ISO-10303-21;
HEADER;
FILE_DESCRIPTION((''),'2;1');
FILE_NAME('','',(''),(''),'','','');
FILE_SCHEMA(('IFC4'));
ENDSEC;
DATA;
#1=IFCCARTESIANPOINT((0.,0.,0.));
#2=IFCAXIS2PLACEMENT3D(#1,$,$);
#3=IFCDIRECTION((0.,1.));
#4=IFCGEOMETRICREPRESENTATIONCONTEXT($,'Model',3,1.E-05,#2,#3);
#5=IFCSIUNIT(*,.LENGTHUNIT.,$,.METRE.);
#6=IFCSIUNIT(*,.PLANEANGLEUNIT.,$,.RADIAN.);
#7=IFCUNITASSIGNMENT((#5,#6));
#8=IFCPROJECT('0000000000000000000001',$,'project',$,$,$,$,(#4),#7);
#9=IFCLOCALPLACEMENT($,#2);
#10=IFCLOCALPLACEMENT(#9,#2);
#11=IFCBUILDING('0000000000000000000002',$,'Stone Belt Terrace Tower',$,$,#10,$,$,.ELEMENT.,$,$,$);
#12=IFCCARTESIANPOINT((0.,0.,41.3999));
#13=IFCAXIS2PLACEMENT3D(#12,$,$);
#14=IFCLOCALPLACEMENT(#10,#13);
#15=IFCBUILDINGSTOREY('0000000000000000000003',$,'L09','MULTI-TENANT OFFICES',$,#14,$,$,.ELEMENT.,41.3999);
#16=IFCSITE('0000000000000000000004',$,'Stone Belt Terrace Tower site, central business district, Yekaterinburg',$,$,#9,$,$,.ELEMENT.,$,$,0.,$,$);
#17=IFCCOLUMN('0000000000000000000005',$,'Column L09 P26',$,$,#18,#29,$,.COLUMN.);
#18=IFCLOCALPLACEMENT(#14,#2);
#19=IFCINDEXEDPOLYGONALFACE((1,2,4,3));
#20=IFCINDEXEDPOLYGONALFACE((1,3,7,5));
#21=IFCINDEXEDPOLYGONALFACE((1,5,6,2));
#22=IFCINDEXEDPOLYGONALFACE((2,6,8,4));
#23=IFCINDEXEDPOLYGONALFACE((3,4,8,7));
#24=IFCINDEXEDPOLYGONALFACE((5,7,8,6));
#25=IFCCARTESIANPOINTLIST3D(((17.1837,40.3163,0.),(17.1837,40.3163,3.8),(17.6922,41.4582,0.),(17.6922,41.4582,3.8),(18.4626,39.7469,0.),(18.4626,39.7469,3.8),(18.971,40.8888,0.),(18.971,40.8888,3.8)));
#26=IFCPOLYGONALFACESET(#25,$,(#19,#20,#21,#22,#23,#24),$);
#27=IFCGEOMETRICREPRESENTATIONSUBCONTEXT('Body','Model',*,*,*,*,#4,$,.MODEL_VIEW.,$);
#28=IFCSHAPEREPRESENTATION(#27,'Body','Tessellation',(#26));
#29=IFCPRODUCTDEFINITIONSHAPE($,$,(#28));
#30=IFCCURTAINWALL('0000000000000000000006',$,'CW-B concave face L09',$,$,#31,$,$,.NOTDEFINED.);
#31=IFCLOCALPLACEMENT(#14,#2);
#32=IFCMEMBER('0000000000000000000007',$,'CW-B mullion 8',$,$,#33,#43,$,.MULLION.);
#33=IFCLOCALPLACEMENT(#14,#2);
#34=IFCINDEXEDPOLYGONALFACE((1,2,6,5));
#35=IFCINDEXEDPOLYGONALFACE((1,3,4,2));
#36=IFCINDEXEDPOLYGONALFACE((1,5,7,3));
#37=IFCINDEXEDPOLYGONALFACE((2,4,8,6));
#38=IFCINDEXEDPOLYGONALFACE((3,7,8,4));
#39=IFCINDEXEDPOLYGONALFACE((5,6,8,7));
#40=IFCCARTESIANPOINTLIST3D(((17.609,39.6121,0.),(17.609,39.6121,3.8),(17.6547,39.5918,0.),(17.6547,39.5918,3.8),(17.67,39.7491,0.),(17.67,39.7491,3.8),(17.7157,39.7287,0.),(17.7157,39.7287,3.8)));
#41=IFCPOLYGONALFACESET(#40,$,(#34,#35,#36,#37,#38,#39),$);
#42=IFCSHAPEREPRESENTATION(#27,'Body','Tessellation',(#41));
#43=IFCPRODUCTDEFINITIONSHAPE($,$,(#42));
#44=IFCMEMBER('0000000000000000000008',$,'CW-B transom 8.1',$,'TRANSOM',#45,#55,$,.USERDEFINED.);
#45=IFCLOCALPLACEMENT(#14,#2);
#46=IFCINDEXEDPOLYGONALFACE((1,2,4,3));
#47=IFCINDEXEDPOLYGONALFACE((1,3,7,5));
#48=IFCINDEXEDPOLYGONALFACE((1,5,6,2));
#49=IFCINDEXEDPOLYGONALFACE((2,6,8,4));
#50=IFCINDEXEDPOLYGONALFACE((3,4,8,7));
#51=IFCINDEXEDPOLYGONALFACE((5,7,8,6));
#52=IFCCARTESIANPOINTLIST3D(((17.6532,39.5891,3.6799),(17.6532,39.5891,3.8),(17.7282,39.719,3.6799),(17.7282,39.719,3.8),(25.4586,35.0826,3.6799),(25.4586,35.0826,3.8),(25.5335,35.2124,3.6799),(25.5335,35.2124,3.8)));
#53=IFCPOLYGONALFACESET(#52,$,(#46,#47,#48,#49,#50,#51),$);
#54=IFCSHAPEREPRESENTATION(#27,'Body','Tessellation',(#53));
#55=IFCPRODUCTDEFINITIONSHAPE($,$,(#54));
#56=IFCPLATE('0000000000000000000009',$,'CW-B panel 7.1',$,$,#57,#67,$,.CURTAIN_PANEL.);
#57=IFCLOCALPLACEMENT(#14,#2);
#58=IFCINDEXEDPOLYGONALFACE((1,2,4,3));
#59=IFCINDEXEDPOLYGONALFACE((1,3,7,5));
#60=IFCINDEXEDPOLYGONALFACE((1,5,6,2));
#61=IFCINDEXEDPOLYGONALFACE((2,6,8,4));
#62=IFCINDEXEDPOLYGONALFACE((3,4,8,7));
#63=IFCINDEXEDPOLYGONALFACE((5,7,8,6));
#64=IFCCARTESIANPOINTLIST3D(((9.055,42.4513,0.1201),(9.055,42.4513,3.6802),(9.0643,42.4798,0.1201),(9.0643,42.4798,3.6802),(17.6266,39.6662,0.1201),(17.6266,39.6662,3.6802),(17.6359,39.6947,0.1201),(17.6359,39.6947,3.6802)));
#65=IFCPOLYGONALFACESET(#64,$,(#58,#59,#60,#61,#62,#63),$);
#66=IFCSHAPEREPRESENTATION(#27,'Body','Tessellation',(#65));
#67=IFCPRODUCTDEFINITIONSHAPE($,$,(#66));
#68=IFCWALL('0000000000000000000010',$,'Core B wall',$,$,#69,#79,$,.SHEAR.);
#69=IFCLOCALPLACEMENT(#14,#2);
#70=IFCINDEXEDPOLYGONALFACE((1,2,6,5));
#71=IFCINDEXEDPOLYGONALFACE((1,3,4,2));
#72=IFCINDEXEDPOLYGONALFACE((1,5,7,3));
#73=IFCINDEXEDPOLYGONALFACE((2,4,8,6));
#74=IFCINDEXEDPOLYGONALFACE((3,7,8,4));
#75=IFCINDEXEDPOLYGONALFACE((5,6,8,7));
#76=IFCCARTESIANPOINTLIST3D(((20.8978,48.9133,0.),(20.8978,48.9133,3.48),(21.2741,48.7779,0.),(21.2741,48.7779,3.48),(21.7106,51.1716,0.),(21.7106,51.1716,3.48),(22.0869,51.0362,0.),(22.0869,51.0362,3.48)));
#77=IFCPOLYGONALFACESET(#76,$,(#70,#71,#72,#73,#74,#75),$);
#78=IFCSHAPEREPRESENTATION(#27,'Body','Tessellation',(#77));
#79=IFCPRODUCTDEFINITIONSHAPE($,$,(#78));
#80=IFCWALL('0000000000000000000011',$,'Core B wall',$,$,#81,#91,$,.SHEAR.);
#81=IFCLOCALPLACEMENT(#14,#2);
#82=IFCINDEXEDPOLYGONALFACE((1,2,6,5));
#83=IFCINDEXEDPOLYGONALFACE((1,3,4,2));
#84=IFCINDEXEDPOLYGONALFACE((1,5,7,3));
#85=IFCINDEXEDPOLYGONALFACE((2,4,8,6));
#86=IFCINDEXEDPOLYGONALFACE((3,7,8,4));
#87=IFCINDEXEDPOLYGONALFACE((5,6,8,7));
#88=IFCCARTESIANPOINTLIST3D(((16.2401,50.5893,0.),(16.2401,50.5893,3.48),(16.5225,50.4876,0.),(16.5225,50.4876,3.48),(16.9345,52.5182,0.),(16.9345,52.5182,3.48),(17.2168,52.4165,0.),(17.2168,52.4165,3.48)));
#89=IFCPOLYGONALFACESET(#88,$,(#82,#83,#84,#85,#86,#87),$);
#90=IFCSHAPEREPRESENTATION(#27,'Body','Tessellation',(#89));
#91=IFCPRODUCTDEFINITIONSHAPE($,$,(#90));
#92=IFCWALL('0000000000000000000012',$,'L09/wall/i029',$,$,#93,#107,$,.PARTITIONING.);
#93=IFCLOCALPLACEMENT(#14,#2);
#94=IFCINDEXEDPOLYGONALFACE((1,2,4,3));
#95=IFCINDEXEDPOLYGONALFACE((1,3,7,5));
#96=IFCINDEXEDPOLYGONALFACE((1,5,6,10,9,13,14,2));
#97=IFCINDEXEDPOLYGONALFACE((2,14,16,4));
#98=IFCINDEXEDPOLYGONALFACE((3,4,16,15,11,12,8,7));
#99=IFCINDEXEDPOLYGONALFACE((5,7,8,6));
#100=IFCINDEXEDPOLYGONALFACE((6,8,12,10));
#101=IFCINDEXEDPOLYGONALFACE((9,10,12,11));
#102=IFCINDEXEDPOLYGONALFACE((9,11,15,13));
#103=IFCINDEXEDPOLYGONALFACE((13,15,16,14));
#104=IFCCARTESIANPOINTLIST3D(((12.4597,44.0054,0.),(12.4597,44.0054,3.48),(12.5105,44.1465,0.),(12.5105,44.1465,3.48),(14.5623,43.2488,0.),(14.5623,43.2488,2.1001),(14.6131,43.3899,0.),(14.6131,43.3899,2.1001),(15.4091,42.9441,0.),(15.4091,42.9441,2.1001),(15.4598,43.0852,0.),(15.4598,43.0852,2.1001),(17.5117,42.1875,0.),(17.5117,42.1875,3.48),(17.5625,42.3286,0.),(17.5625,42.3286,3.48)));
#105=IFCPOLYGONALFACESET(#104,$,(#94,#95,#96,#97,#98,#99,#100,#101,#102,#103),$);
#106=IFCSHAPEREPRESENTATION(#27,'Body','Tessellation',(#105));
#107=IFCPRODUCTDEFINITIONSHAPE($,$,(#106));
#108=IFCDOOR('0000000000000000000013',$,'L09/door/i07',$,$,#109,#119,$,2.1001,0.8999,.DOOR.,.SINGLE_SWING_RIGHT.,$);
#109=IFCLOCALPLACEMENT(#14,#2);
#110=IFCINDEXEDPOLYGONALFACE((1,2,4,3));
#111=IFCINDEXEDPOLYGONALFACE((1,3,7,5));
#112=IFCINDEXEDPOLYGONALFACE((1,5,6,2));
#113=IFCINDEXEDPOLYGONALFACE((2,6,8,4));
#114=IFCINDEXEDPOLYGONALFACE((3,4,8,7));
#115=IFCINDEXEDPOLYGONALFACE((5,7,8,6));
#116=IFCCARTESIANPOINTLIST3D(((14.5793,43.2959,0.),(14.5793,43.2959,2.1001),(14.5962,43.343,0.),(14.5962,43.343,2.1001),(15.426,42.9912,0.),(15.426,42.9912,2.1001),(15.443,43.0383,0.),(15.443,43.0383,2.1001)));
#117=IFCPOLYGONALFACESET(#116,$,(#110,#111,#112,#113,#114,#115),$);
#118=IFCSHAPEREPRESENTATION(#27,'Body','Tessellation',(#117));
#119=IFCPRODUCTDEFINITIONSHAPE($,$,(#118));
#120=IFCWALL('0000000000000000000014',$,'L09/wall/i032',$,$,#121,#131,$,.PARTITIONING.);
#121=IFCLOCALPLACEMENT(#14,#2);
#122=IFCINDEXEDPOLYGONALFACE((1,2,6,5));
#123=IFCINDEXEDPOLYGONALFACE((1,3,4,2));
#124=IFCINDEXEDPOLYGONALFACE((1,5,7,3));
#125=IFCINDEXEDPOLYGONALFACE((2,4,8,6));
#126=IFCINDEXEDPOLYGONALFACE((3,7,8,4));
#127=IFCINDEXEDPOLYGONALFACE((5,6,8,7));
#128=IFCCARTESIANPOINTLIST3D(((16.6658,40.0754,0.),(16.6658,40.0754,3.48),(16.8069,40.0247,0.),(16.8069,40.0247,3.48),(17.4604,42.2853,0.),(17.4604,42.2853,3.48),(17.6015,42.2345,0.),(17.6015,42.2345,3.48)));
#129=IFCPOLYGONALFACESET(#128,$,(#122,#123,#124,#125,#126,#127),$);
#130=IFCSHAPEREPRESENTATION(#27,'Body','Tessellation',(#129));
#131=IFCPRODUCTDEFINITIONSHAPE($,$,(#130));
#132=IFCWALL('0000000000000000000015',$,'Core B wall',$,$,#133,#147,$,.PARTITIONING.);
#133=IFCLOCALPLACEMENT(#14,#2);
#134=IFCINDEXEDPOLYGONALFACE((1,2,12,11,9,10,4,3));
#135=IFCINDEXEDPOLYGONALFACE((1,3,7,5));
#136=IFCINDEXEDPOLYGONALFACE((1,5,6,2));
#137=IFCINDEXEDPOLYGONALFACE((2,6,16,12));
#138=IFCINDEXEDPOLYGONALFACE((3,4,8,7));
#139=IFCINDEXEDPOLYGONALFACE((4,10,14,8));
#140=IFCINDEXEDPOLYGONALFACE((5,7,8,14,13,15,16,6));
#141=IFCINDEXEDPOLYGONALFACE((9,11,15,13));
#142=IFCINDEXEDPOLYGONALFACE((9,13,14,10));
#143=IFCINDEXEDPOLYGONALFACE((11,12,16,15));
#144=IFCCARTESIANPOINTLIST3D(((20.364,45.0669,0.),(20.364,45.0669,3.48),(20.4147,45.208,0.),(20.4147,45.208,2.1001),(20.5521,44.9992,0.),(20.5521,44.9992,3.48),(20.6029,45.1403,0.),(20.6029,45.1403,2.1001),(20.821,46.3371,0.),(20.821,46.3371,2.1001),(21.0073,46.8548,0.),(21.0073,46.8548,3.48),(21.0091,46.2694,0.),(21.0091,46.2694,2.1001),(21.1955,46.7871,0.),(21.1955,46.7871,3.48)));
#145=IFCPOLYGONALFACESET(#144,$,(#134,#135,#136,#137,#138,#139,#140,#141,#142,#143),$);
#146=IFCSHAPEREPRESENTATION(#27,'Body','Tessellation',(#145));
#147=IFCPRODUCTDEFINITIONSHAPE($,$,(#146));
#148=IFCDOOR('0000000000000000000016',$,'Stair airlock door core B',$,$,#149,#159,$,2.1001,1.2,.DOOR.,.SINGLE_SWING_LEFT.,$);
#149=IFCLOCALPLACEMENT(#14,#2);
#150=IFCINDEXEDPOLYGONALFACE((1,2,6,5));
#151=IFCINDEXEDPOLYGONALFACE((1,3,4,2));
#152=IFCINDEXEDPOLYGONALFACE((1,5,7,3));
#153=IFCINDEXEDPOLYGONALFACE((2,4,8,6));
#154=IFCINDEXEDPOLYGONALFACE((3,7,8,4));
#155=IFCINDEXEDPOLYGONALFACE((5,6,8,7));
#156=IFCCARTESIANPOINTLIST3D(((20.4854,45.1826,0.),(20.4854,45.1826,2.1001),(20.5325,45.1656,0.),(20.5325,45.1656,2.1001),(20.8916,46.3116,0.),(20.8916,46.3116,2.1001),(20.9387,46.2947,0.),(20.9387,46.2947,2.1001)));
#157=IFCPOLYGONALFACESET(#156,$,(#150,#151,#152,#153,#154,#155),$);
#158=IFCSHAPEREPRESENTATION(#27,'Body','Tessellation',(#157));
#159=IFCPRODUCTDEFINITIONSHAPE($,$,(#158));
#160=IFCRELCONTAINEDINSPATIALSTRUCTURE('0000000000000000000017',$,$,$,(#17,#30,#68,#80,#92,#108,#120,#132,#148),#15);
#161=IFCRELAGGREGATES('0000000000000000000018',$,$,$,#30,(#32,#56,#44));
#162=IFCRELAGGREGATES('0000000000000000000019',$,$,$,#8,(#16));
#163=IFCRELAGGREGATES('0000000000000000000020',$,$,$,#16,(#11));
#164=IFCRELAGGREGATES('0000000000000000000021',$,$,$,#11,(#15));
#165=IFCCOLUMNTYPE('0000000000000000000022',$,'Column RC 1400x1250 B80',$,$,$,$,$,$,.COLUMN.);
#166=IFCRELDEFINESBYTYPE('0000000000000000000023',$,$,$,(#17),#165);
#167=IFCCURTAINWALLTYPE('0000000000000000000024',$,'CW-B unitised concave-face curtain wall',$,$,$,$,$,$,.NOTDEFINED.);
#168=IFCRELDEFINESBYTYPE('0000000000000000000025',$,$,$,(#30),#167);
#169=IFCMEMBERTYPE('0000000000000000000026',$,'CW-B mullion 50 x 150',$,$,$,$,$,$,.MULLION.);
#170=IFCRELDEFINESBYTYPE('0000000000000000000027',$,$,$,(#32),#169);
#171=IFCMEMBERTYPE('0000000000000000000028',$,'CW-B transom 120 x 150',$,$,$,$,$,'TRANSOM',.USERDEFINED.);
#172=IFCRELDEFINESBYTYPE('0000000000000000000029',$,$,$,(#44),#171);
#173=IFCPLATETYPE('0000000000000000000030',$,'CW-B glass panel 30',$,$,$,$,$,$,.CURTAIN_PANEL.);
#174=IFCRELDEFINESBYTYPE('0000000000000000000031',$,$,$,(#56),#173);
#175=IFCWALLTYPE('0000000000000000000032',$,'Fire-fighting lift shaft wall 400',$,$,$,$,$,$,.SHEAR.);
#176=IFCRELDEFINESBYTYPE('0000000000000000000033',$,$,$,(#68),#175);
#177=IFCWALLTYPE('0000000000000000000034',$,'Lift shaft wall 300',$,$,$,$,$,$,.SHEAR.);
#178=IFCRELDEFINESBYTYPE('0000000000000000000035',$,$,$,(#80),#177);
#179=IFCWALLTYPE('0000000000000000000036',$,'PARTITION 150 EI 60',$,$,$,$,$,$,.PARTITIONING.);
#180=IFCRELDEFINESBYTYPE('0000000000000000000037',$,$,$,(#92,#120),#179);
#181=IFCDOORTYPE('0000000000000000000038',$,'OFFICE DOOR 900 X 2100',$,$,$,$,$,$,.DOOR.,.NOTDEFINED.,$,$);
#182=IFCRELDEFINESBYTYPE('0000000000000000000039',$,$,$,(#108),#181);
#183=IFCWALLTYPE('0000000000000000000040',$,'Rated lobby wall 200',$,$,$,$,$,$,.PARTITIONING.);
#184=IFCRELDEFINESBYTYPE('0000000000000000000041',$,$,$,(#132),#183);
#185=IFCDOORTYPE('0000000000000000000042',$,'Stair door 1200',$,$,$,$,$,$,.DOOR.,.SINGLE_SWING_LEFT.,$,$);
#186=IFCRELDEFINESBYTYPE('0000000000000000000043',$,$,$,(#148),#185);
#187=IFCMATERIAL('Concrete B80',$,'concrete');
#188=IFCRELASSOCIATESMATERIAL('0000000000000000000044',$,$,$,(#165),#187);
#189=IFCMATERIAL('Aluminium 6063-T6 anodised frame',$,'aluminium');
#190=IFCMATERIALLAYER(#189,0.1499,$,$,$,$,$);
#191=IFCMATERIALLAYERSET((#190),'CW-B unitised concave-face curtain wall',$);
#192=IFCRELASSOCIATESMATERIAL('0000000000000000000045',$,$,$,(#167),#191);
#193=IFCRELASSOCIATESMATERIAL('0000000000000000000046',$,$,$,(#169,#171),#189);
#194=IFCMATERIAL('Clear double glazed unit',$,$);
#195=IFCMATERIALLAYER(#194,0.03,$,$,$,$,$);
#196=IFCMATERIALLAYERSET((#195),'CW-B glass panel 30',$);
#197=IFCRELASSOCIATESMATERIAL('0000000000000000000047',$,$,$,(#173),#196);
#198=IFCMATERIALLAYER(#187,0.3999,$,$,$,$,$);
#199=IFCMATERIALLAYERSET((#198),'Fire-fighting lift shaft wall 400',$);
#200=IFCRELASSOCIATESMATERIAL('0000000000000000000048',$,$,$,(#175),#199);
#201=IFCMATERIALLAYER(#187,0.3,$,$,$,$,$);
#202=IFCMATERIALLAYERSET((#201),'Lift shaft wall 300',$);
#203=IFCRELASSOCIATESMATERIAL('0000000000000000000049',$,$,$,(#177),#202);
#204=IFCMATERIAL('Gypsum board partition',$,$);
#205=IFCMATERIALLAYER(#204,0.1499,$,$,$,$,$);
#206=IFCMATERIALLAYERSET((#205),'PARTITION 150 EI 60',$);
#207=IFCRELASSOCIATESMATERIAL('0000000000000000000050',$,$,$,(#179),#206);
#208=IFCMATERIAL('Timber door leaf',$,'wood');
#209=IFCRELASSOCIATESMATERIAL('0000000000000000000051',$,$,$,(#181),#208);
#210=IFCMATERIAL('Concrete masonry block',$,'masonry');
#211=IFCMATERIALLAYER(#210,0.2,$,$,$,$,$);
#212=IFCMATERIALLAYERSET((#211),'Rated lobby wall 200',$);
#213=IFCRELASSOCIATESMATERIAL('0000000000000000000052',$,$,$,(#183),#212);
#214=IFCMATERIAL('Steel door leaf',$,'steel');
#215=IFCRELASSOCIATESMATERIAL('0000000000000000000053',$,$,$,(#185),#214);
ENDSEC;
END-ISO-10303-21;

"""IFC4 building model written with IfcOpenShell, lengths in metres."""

from ifc_helpers import new_model, si_unit, direction, frame, frame_2d, origin, origin_2d, place, context, subcontext, project, spatial, rectangle, extrude, material, layer, layer_set, material_profile, profile_set, type_object, element, fill, aggregate, save


model = new_model("IFC4")

# Units and contexts
model_context = context("Model", 3, precision=1e-05, world=origin(), true_north=direction((0.0, 1.0)))
body_context = subcontext(model_context, "Body", "Model", "MODEL_VIEW")
ifc_project = project(units=[si_unit("LENGTHUNIT", "METRE"), si_unit("PLANEANGLEUNIT", "RADIAN")], contexts=[model_context])

# Site, building, storey
site_placement = place(None, origin())
site = spatial("IfcSite", under=ifc_project, at=site_placement, Name="Stone Belt Terrace Tower site, central business district, Yekaterinburg", CompositionType="ELEMENT", RefElevation=0.0)
building_placement = place(site_placement, origin())
building = spatial("IfcBuilding", under=site, at=building_placement, Name="Stone Belt Terrace Tower", CompositionType="ELEMENT")
storey_placement = place(building_placement, frame((0.0, 0.0, 41.3999)))
storey = spatial("IfcBuildingStorey", under=building, at=storey_placement, Name="L09", Description="MULTI-TENANT OFFICES", CompositionType="ELEMENT", Elevation=41.3999)

# Column
ifc_material_1 = material(Name="Concrete B80", Category="concrete")
ifc_material_profile_1 = material_profile(ifc_material_1, rectangle(XDim=1.3999, YDim=1.25, at=origin_2d()), Name="RC 1400x1250")
ifc_profile_set_1 = profile_set([ifc_material_profile_1], Name="Concrete B80")
column_type = type_object("IfcColumnType", Name="Column RC 1400x1250 B80", PredefinedType="COLUMN", material=ifc_profile_set_1)
column_placement = place(storey_placement, frame((18.0774, 40.6025, 0.0), z_axis=(0.0, 0.0, 1.0), x_axis=(0.913545, -0.406737, 0.0)))
element("IfcColumn", 1, at=column_placement, inside=storey, type_object=column_type, Name="Column L09 P26", PredefinedType="COLUMN", context=body_context, shape_type="SweptSolid", body=[
    extrude(rectangle(XDim=1.3999, YDim=1.25, at=origin_2d()), origin(), (0.0, 0.0, 1.0), 3.8),
])

# Curtain wall, members, plate
ifc_material_2 = material(Name="Aluminium 6063-T6 anodised frame", Category="aluminium")
ifc_layer_1 = layer(ifc_material_2, 0.1499)
ifc_layer_set_1 = layer_set([ifc_layer_1], Name="CW-B unitised concave-face curtain wall")
curtain_wall_type = type_object("IfcCurtainWallType", Name="CW-B unitised concave-face curtain wall", PredefinedType="NOTDEFINED", material=ifc_layer_set_1)
curtain_wall_placement = place(storey_placement, origin())
curtain_wall = element("IfcCurtainWall", 2, at=curtain_wall_placement, inside=storey, type_object=curtain_wall_type, Name="CW-B concave face L09", PredefinedType="NOTDEFINED")
ifc_material_profile_2 = material_profile(ifc_material_2, rectangle(XDim=0.1499, YDim=0.05, at=origin_2d()), Name="Aluminium 6063-T6 50x150")
ifc_profile_set_2 = profile_set([ifc_material_profile_2], Name="Aluminium 6063-T6 anodised frame")
member_type_1 = type_object("IfcMemberType", Name="CW-B mullion 50 x 150", PredefinedType="MULLION", material=ifc_profile_set_2)
member_1_placement = place(storey_placement, frame((17.6624, 39.6704, 0.0), z_axis=(0.0, 0.0, 1.0), x_axis=(0.406737, 0.913545, 0.0)))
member_1 = element("IfcMember", 3, at=member_1_placement, type_object=member_type_1, Name="CW-B mullion 8", PredefinedType="MULLION", context=body_context, shape_type="SweptSolid", body=[
    extrude(rectangle(XDim=0.1499, YDim=0.05, at=origin_2d()), origin(), (0.0, 0.0, 1.0), 3.8),
])
ifc_material_profile_3 = material_profile(ifc_material_2, rectangle(XDim=0.1499, YDim=0.1201, at=origin_2d()), Name="Aluminium 6063-T6 150x120")
ifc_profile_set_3 = profile_set([ifc_material_profile_3], Name="Aluminium 6063-T6 anodised frame")
member_type_2 = type_object("IfcMemberType", Name="CW-B transom 120 x 150", ElementType="TRANSOM", PredefinedType="USERDEFINED", material=ifc_profile_set_3)
member_2_placement = place(storey_placement, frame((17.6907, 39.6541, 3.74), z_axis=(0.866019, -0.500011, 0.0), x_axis=(0.500011, 0.866019, 0.0)))
member_2 = element("IfcMember", 4, at=member_2_placement, type_object=member_type_2, Name="CW-B transom 8.1", ObjectType="TRANSOM", PredefinedType="USERDEFINED", context=body_context, shape_type="SweptSolid", body=[
    extrude(rectangle(XDim=0.1499, YDim=0.1201, at=origin_2d()), origin(), (0.0, 0.0, 1.0), 9.0129),
])
ifc_material_3 = material(Name="Clear double glazed unit")
ifc_layer_2 = layer(ifc_material_3, 0.03)
ifc_layer_set_2 = layer_set([ifc_layer_2], Name="CW-B glass panel 30")
plate_type = type_object("IfcPlateType", Name="CW-B glass panel 30", PredefinedType="CURTAIN_PANEL", material=ifc_layer_set_2)
plate_placement = place(storey_placement, frame((13.3455, 41.073, 0.1201), z_axis=(0.0, 0.0, 1.0), x_axis=(0.951057, -0.309017, 0.0)))
plate = element("IfcPlate", 5, at=plate_placement, type_object=plate_type, Name="CW-B panel 7.1", PredefinedType="CURTAIN_PANEL", context=body_context, shape_type="SweptSolid", body=[
    extrude(rectangle(XDim=9.0127, YDim=0.03, at=origin_2d()), origin(), (0.0, 0.0, 1.0), 3.5601),
])
aggregate(curtain_wall, [member_1, plate, member_2])

# Walls
ifc_layer_3 = layer(ifc_material_1, 0.3999)
ifc_layer_set_3 = layer_set([ifc_layer_3], Name="Fire-fighting lift shaft wall 400")
wall_type_1 = type_object("IfcWallType", Name="Fire-fighting lift shaft wall 400", PredefinedType="SHEAR", material=ifc_layer_set_3)
wall_1_placement = place(storey_placement, frame((21.0859, 48.8455, 0.0), z_axis=(0.0, 0.0, 1.0), x_axis=(0.338629, 0.94092, 0.0)))
element("IfcWall", 6, at=wall_1_placement, inside=storey, type_object=wall_type_1, Name="Core B wall", PredefinedType="SHEAR", context=body_context, shape_type="SweptSolid", body=[
    extrude(rectangle(XDim=2.4001, YDim=0.3999, at=frame_2d((1.2002, 0.0))), origin(), (0.0, 0.0, 1.0), 3.48),
])
ifc_layer_4 = layer(ifc_material_1, 0.3)
ifc_layer_set_4 = layer_set([ifc_layer_4], Name="Lift shaft wall 300")
wall_type_2 = type_object("IfcWallType", Name="Lift shaft wall 300", PredefinedType="SHEAR", material=ifc_layer_set_4)
wall_2_placement = place(storey_placement, frame((16.3813, 50.5386, 0.0), z_axis=(0.0, 0.0, 1.0), x_axis=(0.338682, 0.940901, 0.0)))
element("IfcWall", 7, at=wall_2_placement, inside=storey, type_object=wall_type_2, Name="Core B wall", PredefinedType="SHEAR", context=body_context, shape_type="SweptSolid", body=[
    extrude(rectangle(XDim=2.05, YDim=0.3, at=frame_2d((1.0249, 0.0))), origin(), (0.0, 0.0, 1.0), 3.48),
])

# Wall, opening, door
ifc_material_4 = material(Name="Gypsum board partition")
ifc_layer_5 = layer(ifc_material_4, 0.1499)
ifc_layer_set_5 = layer_set([ifc_layer_5], Name="PARTITION 150 EI 60")
wall_type_3 = type_object("IfcWallType", Name="PARTITION 150 EI 60", PredefinedType="PARTITIONING", material=ifc_layer_set_5)
wall_3_placement = place(storey_placement, frame((17.5371, 42.2581, 0.0), z_axis=(0.0, 0.0, 1.0), x_axis=(-0.940938, 0.338579, 0.0)))
wall_3 = element("IfcWall", 8, at=wall_3_placement, inside=storey, type_object=wall_type_3, Name="L09/wall/i029", PredefinedType="PARTITIONING", context=body_context, shape_type="SweptSolid", body=[
    extrude(rectangle(XDim=5.3691, YDim=0.1499, at=frame_2d((2.6846, 0.0))), origin(), (0.0, 0.0, 1.0), 3.48),
])
opening_1_placement = place(wall_3_placement, frame((2.2346, 0.0, 0.0)))
opening_1 = element("IfcOpeningElement", 9, at=opening_1_placement, cuts=wall_3, PredefinedType="OPENING", context=body_context, shape_type="SweptSolid", body=[
    extrude(rectangle(XDim=0.8999, YDim=2.1001, at=frame_2d((0.45, 1.05))), frame((0.0, 0.085, 0.0), z_axis=(0.0, -1.0, 0.0), x_axis=(1.0, 0.0, 0.0)), (0.0, 0.0, 1.0), 0.1699),
])
ifc_material_5 = material(Name="Timber door leaf", Category="wood")
door_type_1 = type_object("IfcDoorType", Name="OFFICE DOOR 900 X 2100", OperationType="NOTDEFINED", PredefinedType="DOOR", material=ifc_material_5)
door_1_placement = place(opening_1_placement, origin())
door_1 = element("IfcDoor", 10, at=door_1_placement, inside=storey, type_object=door_type_1, Name="L09/door/i07", OperationType="SINGLE_SWING_RIGHT", OverallHeight=2.1001, OverallWidth=0.8999, PredefinedType="DOOR", context=body_context, shape_type="SweptSolid", body=[
    extrude(rectangle(XDim=0.8999, YDim=2.1001, at=frame_2d((0.45, 1.05))), frame((0.0, 0.0249, 0.0), z_axis=(0.0, -1.0, 0.0), x_axis=(1.0, 0.0, 0.0)), (0.0, 0.0, 1.0), 0.05),
])
fill(opening_1, door_1)

# Wall
wall_4_placement = place(storey_placement, frame((17.531, 42.26, 0.0), z_axis=(0.0, 0.0, 1.0), x_axis=(-0.338377, -0.941011, 0.0)))
element("IfcWall", 11, at=wall_4_placement, inside=storey, type_object=wall_type_3, Name="L09/wall/i032", PredefinedType="PARTITIONING", context=body_context, shape_type="SweptSolid", body=[
    extrude(rectangle(XDim=2.3484, YDim=0.1499, at=frame_2d((1.1743, 0.0))), origin(), (0.0, 0.0, 1.0), 3.48),
])

# Wall, opening, door
ifc_material_6 = material(Name="Concrete masonry block", Category="masonry")
ifc_layer_6 = layer(ifc_material_6, 0.2)
ifc_layer_set_6 = layer_set([ifc_layer_6], Name="Rated lobby wall 200")
wall_type_4 = type_object("IfcWallType", Name="Rated lobby wall 200", PredefinedType="PARTITIONING", material=ifc_layer_set_6)
wall_5_placement = place(storey_placement, frame((20.458, 45.033, 0.0), z_axis=(0.0, 0.0, 1.0), x_axis=(0.338574, 0.94094, 0.0)))
wall_5 = element("IfcWall", 12, at=wall_5_placement, inside=storey, type_object=wall_type_4, Name="Core B wall", PredefinedType="PARTITIONING", context=body_context, shape_type="SweptSolid", body=[
    extrude(rectangle(XDim=1.9001, YDim=0.2, at=frame_2d((0.9502, 0.0))), origin(), (0.0, 0.0, 1.0), 3.48),
])
opening_2_placement = place(wall_5_placement, frame((0.1499, 0.0, 0.0)))
opening_2 = element("IfcOpeningElement", 13, at=opening_2_placement, cuts=wall_5, PredefinedType="OPENING", context=body_context, shape_type="SweptSolid", body=[
    extrude(rectangle(XDim=1.2, YDim=2.1001, at=frame_2d((0.6001, 1.05))), frame((0.0, 0.1099, 0.0), z_axis=(0.0, -1.0, 0.0), x_axis=(1.0, 0.0, 0.0)), (0.0, 0.0, 1.0), 0.22),
])
ifc_material_7 = material(Name="Steel door leaf", Category="steel")
door_type_2 = type_object("IfcDoorType", Name="Stair door 1200", OperationType="SINGLE_SWING_LEFT", PredefinedType="DOOR", material=ifc_material_7)
door_2_placement = place(opening_2_placement, origin())
door_2 = element("IfcDoor", 14, at=door_2_placement, inside=storey, type_object=door_type_2, Name="Stair airlock door core B", OperationType="SINGLE_SWING_LEFT", OverallHeight=2.1001, OverallWidth=1.2, PredefinedType="DOOR", context=body_context, shape_type="SweptSolid", body=[
    extrude(rectangle(XDim=1.2, YDim=2.1001, at=frame_2d((0.6001, 1.05))), frame((0.0, 0.0249, 0.0), z_axis=(0.0, -1.0, 0.0), x_axis=(1.0, 0.0, 0.0)), (0.0, 0.0, 1.0), 0.05),
])
fill(opening_2, door_2)

save(model, "model.ifc")
